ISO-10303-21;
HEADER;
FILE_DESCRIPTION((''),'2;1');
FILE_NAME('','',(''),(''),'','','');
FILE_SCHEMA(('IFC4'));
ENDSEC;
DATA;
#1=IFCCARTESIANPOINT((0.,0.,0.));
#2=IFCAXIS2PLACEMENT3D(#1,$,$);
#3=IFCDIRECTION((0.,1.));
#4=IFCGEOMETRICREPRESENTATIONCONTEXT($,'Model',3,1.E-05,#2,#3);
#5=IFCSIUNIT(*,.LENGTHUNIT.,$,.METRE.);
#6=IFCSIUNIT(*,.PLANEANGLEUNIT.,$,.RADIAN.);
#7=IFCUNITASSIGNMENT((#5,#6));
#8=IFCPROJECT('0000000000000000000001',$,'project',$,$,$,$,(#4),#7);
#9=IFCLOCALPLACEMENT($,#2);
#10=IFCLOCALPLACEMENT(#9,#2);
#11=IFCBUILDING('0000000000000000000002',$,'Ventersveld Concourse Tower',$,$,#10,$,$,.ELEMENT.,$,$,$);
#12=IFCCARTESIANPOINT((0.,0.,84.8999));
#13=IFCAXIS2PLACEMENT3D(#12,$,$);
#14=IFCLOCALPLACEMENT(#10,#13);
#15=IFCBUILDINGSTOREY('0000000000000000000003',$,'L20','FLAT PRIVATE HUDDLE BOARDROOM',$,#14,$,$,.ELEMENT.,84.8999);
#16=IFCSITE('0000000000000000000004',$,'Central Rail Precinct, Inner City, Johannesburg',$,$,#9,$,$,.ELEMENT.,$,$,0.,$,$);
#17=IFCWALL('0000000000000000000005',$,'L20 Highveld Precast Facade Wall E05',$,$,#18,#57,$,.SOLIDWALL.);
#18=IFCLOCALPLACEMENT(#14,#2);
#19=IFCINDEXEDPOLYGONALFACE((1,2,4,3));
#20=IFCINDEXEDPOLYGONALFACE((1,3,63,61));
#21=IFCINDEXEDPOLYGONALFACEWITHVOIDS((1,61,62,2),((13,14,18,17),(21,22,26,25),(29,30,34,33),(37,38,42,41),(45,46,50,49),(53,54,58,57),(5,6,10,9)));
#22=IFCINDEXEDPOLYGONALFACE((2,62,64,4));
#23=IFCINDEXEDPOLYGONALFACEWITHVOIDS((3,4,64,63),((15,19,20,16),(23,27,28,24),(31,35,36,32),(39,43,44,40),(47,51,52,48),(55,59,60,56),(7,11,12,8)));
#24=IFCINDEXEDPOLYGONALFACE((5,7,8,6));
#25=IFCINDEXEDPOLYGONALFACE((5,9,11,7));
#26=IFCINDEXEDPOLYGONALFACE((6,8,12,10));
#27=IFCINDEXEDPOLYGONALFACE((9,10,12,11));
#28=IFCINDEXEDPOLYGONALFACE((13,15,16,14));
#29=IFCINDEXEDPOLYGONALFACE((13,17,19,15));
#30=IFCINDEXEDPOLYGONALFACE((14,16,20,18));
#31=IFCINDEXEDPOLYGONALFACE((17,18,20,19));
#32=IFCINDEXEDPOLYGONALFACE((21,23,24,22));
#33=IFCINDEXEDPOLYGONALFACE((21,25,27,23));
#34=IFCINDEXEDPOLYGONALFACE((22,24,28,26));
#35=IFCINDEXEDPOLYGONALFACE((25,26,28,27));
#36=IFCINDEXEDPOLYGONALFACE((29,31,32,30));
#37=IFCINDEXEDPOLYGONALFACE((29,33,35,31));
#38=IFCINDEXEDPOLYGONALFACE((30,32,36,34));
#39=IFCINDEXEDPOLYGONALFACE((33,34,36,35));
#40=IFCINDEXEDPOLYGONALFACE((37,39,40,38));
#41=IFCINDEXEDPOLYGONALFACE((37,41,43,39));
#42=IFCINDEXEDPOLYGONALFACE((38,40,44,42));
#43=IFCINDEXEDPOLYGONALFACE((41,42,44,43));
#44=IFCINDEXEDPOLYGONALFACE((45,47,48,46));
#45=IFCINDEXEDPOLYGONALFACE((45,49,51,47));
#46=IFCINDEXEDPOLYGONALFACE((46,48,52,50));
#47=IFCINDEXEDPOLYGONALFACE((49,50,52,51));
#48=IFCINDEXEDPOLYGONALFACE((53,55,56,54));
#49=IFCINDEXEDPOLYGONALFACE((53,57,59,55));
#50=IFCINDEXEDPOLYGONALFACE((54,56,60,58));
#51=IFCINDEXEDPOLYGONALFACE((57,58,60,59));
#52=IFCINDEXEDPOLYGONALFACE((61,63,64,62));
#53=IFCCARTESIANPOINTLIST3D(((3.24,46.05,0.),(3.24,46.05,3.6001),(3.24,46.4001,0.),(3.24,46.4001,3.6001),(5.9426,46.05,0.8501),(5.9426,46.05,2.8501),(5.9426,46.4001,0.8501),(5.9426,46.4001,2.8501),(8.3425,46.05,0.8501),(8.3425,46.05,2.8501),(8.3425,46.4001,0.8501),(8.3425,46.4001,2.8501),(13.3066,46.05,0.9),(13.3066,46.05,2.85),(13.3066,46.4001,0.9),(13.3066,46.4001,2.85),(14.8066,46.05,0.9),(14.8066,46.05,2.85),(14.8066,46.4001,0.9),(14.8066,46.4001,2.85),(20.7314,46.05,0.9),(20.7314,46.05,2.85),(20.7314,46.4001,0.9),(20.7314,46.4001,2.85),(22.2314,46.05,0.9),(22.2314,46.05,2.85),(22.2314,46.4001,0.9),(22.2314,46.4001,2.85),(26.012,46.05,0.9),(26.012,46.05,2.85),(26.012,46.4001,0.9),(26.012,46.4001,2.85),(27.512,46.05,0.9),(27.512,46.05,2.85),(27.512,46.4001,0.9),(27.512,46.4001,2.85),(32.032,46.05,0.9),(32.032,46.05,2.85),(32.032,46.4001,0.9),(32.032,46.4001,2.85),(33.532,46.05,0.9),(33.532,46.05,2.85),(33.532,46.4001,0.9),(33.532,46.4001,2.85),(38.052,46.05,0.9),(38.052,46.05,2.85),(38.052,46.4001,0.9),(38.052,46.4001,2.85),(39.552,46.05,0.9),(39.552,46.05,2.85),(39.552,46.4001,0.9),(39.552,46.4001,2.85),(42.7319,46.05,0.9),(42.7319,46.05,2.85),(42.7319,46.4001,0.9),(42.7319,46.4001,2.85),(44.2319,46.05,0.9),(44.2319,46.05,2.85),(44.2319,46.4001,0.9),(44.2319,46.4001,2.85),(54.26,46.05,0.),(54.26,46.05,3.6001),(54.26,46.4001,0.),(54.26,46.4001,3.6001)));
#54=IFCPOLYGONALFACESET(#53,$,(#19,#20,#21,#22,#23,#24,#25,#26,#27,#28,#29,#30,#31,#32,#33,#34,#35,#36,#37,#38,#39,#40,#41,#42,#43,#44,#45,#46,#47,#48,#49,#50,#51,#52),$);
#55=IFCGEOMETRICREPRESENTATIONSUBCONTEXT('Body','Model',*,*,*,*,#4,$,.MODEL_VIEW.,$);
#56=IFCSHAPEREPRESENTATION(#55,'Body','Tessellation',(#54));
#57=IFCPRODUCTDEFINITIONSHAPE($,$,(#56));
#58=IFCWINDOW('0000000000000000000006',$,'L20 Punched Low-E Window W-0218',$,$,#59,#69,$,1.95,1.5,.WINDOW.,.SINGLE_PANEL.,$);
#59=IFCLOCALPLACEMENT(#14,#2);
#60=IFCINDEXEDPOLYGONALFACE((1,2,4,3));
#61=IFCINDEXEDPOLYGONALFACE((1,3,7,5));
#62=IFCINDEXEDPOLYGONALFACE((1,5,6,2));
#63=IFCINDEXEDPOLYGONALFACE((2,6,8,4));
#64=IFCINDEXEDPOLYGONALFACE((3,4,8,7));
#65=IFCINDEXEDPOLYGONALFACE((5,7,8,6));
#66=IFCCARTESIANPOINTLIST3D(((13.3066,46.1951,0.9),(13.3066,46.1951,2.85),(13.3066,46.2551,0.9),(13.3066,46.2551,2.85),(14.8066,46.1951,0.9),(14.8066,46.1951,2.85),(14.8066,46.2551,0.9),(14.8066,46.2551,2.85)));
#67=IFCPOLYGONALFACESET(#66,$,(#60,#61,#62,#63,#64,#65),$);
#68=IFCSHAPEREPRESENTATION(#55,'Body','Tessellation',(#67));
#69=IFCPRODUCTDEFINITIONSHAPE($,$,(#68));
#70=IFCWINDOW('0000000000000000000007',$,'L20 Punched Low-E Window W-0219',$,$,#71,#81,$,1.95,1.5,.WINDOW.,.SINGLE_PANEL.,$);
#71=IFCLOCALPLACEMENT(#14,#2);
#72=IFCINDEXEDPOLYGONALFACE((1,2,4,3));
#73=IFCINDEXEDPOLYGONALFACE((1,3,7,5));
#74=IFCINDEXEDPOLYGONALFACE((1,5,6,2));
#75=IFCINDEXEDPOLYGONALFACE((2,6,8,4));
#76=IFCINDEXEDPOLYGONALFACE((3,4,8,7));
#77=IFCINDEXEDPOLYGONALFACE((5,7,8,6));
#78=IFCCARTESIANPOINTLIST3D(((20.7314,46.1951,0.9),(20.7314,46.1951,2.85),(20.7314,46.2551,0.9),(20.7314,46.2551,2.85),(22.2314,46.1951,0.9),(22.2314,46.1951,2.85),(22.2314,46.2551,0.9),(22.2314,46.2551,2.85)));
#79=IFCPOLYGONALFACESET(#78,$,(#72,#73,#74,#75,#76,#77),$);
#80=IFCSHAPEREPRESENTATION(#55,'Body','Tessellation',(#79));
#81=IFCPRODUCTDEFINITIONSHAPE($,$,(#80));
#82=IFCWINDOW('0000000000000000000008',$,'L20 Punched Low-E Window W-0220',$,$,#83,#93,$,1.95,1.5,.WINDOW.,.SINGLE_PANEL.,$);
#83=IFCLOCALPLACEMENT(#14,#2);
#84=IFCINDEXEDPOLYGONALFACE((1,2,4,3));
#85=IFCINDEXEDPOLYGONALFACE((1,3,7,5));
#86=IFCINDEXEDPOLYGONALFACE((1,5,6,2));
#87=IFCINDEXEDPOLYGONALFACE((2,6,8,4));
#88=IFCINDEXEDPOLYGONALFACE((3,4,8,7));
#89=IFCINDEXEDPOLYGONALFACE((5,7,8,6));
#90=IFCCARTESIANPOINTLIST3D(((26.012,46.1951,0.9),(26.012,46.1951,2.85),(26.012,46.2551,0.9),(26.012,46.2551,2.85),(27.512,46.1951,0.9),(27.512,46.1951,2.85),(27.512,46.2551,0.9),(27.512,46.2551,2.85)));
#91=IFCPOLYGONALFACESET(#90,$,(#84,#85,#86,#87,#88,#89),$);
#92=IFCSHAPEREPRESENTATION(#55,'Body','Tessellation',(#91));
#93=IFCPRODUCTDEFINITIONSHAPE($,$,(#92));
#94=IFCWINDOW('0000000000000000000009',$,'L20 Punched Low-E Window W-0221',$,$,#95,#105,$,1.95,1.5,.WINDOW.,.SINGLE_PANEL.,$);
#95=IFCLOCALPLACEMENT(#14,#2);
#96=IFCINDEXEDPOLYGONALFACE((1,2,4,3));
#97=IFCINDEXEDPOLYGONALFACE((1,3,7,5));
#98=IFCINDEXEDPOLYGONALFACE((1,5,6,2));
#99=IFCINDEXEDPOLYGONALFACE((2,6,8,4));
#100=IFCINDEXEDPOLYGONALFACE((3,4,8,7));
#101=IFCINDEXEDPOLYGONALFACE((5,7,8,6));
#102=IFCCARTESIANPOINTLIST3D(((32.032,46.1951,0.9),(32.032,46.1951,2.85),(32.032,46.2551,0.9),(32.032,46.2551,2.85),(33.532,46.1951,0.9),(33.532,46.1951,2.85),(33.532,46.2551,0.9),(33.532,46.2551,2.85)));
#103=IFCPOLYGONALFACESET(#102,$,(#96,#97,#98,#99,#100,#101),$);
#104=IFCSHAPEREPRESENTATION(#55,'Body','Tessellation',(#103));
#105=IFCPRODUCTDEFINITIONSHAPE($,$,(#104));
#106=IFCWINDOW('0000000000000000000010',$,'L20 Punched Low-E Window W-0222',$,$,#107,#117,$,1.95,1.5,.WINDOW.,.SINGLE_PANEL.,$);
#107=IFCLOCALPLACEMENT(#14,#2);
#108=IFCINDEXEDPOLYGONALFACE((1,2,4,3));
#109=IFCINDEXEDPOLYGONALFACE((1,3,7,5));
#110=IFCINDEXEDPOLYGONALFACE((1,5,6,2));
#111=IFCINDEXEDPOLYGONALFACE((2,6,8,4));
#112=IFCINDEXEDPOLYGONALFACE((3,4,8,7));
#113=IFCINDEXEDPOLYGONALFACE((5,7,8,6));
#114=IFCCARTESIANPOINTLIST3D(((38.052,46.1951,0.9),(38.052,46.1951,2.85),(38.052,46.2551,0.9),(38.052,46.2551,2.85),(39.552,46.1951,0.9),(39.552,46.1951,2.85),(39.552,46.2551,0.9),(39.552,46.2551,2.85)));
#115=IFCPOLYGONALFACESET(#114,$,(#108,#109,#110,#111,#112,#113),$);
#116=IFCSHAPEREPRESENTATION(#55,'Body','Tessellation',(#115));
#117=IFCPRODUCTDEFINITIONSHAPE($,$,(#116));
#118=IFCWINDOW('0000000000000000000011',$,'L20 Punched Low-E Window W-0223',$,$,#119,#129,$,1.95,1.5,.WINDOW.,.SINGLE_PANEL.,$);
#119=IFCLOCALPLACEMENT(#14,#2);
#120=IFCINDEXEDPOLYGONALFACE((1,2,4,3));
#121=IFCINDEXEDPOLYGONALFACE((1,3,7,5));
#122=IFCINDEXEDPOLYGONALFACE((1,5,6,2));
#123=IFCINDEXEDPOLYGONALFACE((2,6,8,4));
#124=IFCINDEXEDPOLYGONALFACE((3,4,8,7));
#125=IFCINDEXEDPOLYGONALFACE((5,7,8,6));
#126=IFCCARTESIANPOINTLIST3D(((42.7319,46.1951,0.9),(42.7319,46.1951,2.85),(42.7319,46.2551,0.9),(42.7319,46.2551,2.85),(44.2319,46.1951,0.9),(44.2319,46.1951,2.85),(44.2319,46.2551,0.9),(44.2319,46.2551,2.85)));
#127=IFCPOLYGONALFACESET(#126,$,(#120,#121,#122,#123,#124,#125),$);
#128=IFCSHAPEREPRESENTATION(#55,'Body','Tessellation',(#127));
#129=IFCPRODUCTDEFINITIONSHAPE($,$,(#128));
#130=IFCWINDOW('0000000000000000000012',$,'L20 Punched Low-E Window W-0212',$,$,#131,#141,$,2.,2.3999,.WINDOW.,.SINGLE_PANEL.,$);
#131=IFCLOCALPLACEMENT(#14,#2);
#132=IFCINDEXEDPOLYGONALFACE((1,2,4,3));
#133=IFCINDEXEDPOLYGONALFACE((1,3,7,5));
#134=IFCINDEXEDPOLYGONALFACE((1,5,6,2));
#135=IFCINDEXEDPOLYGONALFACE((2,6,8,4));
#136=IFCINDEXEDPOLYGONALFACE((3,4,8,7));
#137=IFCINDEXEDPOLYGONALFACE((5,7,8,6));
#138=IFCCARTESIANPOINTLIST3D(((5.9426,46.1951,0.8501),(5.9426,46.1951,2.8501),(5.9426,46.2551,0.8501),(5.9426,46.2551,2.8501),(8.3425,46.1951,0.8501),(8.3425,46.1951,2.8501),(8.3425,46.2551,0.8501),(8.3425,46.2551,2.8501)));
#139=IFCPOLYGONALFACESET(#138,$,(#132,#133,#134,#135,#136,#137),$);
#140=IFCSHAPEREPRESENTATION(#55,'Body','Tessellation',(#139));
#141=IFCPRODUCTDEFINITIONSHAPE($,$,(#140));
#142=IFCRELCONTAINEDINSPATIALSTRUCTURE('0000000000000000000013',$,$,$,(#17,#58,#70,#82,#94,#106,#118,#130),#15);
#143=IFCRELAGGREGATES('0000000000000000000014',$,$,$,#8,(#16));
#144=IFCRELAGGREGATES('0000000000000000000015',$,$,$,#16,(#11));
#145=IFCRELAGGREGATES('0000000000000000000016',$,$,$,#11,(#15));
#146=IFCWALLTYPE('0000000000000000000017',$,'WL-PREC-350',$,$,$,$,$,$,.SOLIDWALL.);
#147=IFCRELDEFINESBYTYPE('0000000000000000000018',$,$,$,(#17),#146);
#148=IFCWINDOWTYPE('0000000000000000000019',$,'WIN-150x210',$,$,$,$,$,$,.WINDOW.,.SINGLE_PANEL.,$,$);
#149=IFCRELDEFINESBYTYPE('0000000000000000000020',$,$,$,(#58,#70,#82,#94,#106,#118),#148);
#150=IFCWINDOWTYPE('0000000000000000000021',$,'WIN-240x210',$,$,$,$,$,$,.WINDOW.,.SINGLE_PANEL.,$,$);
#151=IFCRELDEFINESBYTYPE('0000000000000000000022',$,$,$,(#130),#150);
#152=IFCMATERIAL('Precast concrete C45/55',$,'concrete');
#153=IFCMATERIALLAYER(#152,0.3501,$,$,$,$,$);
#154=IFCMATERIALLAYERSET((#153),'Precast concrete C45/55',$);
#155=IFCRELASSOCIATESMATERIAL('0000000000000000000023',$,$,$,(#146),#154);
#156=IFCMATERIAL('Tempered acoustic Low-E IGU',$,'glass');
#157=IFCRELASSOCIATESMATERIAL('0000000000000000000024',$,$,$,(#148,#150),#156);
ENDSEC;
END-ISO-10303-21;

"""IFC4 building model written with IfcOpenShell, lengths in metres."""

from ifc_helpers import new_model, si_unit, direction, frame, frame_2d, origin, place, context, subcontext, project, spatial, rectangle, extrude, material, layer, layer_set, type_object, element, fill, save


model = new_model("IFC4")

# Units and contexts
model_context = context("Model", 3, precision=1e-05, world=origin(), true_north=direction((0.0, 1.0)))
body_context = subcontext(model_context, "Body", "Model", "MODEL_VIEW")
ifc_project = project(units=[si_unit("LENGTHUNIT", "METRE"), si_unit("PLANEANGLEUNIT", "RADIAN")], contexts=[model_context])

# Site, building, storey
site_placement = place(None, origin())
site = spatial("IfcSite", under=ifc_project, at=site_placement, Name="Central Rail Precinct, Inner City, Johannesburg", CompositionType="ELEMENT", RefElevation=0.0)
building_placement = place(site_placement, origin())
building = spatial("IfcBuilding", under=site, at=building_placement, Name="Ventersveld Concourse Tower", CompositionType="ELEMENT")
storey_placement = place(building_placement, frame((0.0, 0.0, 84.8999)))
storey = spatial("IfcBuildingStorey", under=building, at=storey_placement, Name="L20", Description="FLAT PRIVATE HUDDLE BOARDROOM", CompositionType="ELEMENT", Elevation=84.8999)

# Shared definitions
ifc_material_1 = material(Name="Precast concrete C45/55", Category="concrete")
ifc_layer_1 = layer(ifc_material_1, 0.3501)
ifc_layer_set_1 = layer_set([ifc_layer_1], Name="Precast concrete C45/55")
wall_type_1 = type_object("IfcWallType", Name="WL-PREC-350", PredefinedType="SOLIDWALL", material=ifc_layer_set_1)

# Wall, openings, windows
wall_1_placement = place(storey_placement, frame((54.26, 46.2251, 0.0), z_axis=(0.0, 0.0, 1.0), x_axis=(-1.0, 0.0, 0.0)))
wall_1 = element("IfcWall", 1, at=wall_1_placement, inside=storey, type_object=wall_type_1, Name="L20 Highveld Precast Facade Wall E05", PredefinedType="SOLIDWALL", context=body_context, shape_type="SweptSolid", body=[
    extrude(rectangle(XDim=51.02, YDim=0.3501, at=frame_2d((25.51, 0.0))), origin(), (0.0, 0.0, 1.0), 3.6001),
])
opening_1_placement = place(wall_1_placement, frame((45.9175, 0.0, 0.8501)))
opening_1 = element("IfcOpeningElement", 2, at=opening_1_placement, cuts=wall_1, PredefinedType="OPENING", context=body_context, shape_type="SweptSolid", body=[
    extrude(rectangle(XDim=2.3999, YDim=2.0, at=frame_2d((1.2, 1.0))), frame((0.0, 0.1851, 0.0), z_axis=(0.0, -1.0, 0.0), x_axis=(1.0, 0.0, 0.0)), (0.0, 0.0, 1.0), 0.3701),
])
opening_2_placement = place(wall_1_placement, frame((39.4534, 0.0, 0.8999)))
opening_2 = element("IfcOpeningElement", 3, at=opening_2_placement, cuts=wall_1, PredefinedType="OPENING", context=body_context, shape_type="SweptSolid", body=[
    extrude(rectangle(XDim=1.5, YDim=1.95, at=frame_2d((0.75, 0.9751))), frame((0.0, 0.1851, 0.0), z_axis=(0.0, -1.0, 0.0), x_axis=(1.0, 0.0, 0.0)), (0.0, 0.0, 1.0), 0.3701),
])
opening_3_placement = place(wall_1_placement, frame((32.0286, 0.0, 0.8999)))
opening_3 = element("IfcOpeningElement", 4, at=opening_3_placement, cuts=wall_1, PredefinedType="OPENING", context=body_context, shape_type="SweptSolid", body=[
    extrude(rectangle(XDim=1.5, YDim=1.95, at=frame_2d((0.75, 0.9751))), frame((0.0, 0.1851, 0.0), z_axis=(0.0, -1.0, 0.0), x_axis=(1.0, 0.0, 0.0)), (0.0, 0.0, 1.0), 0.3701),
])
opening_4_placement = place(wall_1_placement, frame((26.748, 0.0, 0.8999)))
opening_4 = element("IfcOpeningElement", 5, at=opening_4_placement, cuts=wall_1, PredefinedType="OPENING", context=body_context, shape_type="SweptSolid", body=[
    extrude(rectangle(XDim=1.5, YDim=1.95, at=frame_2d((0.75, 0.9751))), frame((0.0, 0.1851, 0.0), z_axis=(0.0, -1.0, 0.0), x_axis=(1.0, 0.0, 0.0)), (0.0, 0.0, 1.0), 0.3701),
])
opening_5_placement = place(wall_1_placement, frame((20.728, 0.0, 0.8999)))
opening_5 = element("IfcOpeningElement", 6, at=opening_5_placement, cuts=wall_1, PredefinedType="OPENING", context=body_context, shape_type="SweptSolid", body=[
    extrude(rectangle(XDim=1.5, YDim=1.95, at=frame_2d((0.75, 0.9751))), frame((0.0, 0.1851, 0.0), z_axis=(0.0, -1.0, 0.0), x_axis=(1.0, 0.0, 0.0)), (0.0, 0.0, 1.0), 0.3701),
])
opening_6_placement = place(wall_1_placement, frame((14.708, 0.0, 0.8999)))
opening_6 = element("IfcOpeningElement", 7, at=opening_6_placement, cuts=wall_1, PredefinedType="OPENING", context=body_context, shape_type="SweptSolid", body=[
    extrude(rectangle(XDim=1.5, YDim=1.95, at=frame_2d((0.75, 0.9751))), frame((0.0, 0.1851, 0.0), z_axis=(0.0, -1.0, 0.0), x_axis=(1.0, 0.0, 0.0)), (0.0, 0.0, 1.0), 0.3701),
])
opening_7_placement = place(wall_1_placement, frame((10.0281, 0.0, 0.8999)))
opening_7 = element("IfcOpeningElement", 8, at=opening_7_placement, cuts=wall_1, PredefinedType="OPENING", context=body_context, shape_type="SweptSolid", body=[
    extrude(rectangle(XDim=1.5, YDim=1.95, at=frame_2d((0.75, 0.9751))), frame((0.0, 0.1851, 0.0), z_axis=(0.0, -1.0, 0.0), x_axis=(1.0, 0.0, 0.0)), (0.0, 0.0, 1.0), 0.3701),
])
ifc_material_2 = material(Name="Tempered acoustic Low-E IGU", Category="glass")
window_type_1 = type_object("IfcWindowType", Name="WIN-150x210", PartitioningType="SINGLE_PANEL", PredefinedType="WINDOW", material=ifc_material_2)
window_1_placement = place(opening_2_placement, origin())
window_1 = element("IfcWindow", 9, at=window_1_placement, inside=storey, type_object=window_type_1, Name="L20 Punched Low-E Window W-0218", OverallHeight=1.95, OverallWidth=1.5, PartitioningType="SINGLE_PANEL", PredefinedType="WINDOW", context=body_context, shape_type="SweptSolid", body=[
    extrude(rectangle(XDim=1.5, YDim=1.95, at=frame_2d((0.75, 0.9751))), frame((0.0, 0.03, 0.0), z_axis=(0.0, -1.0, 0.0), x_axis=(1.0, 0.0, 0.0)), (0.0, 0.0, 1.0), 0.0601),
])
fill(opening_2, window_1)
window_2_placement = place(opening_3_placement, origin())
window_2 = element("IfcWindow", 10, at=window_2_placement, inside=storey, type_object=window_type_1, Name="L20 Punched Low-E Window W-0219", OverallHeight=1.95, OverallWidth=1.5, PartitioningType="SINGLE_PANEL", PredefinedType="WINDOW", context=body_context, shape_type="SweptSolid", body=[
    extrude(rectangle(XDim=1.5, YDim=1.95, at=frame_2d((0.75, 0.9751))), frame((0.0, 0.03, 0.0), z_axis=(0.0, -1.0, 0.0), x_axis=(1.0, 0.0, 0.0)), (0.0, 0.0, 1.0), 0.0601),
])
fill(opening_3, window_2)
window_3_placement = place(opening_4_placement, origin())
window_3 = element("IfcWindow", 11, at=window_3_placement, inside=storey, type_object=window_type_1, Name="L20 Punched Low-E Window W-0220", OverallHeight=1.95, OverallWidth=1.5, PartitioningType="SINGLE_PANEL", PredefinedType="WINDOW", context=body_context, shape_type="SweptSolid", body=[
    extrude(rectangle(XDim=1.5, YDim=1.95, at=frame_2d((0.75, 0.9751))), frame((0.0, 0.03, 0.0), z_axis=(0.0, -1.0, 0.0), x_axis=(1.0, 0.0, 0.0)), (0.0, 0.0, 1.0), 0.0601),
])
fill(opening_4, window_3)
window_4_placement = place(opening_5_placement, origin())
window_4 = element("IfcWindow", 12, at=window_4_placement, inside=storey, type_object=window_type_1, Name="L20 Punched Low-E Window W-0221", OverallHeight=1.95, OverallWidth=1.5, PartitioningType="SINGLE_PANEL", PredefinedType="WINDOW", context=body_context, shape_type="SweptSolid", body=[
    extrude(rectangle(XDim=1.5, YDim=1.95, at=frame_2d((0.75, 0.9751))), frame((0.0, 0.03, 0.0), z_axis=(0.0, -1.0, 0.0), x_axis=(1.0, 0.0, 0.0)), (0.0, 0.0, 1.0), 0.0601),
])
fill(opening_5, window_4)
window_5_placement = place(opening_6_placement, origin())
window_5 = element("IfcWindow", 13, at=window_5_placement, inside=storey, type_object=window_type_1, Name="L20 Punched Low-E Window W-0222", OverallHeight=1.95, OverallWidth=1.5, PartitioningType="SINGLE_PANEL", PredefinedType="WINDOW", context=body_context, shape_type="SweptSolid", body=[
    extrude(rectangle(XDim=1.5, YDim=1.95, at=frame_2d((0.75, 0.9751))), frame((0.0, 0.03, 0.0), z_axis=(0.0, -1.0, 0.0), x_axis=(1.0, 0.0, 0.0)), (0.0, 0.0, 1.0), 0.0601),
])
fill(opening_6, window_5)
window_6_placement = place(opening_7_placement, origin())
window_6 = element("IfcWindow", 14, at=window_6_placement, inside=storey, type_object=window_type_1, Name="L20 Punched Low-E Window W-0223", OverallHeight=1.95, OverallWidth=1.5, PartitioningType="SINGLE_PANEL", PredefinedType="WINDOW", context=body_context, shape_type="SweptSolid", body=[
    extrude(rectangle(XDim=1.5, YDim=1.95, at=frame_2d((0.75, 0.9751))), frame((0.0, 0.03, 0.0), z_axis=(0.0, -1.0, 0.0), x_axis=(1.0, 0.0, 0.0)), (0.0, 0.0, 1.0), 0.0601),
])
fill(opening_7, window_6)
window_type_2 = type_object("IfcWindowType", Name="WIN-240x210", PartitioningType="SINGLE_PANEL", PredefinedType="WINDOW", material=ifc_material_2)
window_7_placement = place(opening_1_placement, origin())
window_7 = element("IfcWindow", 15, at=window_7_placement, inside=storey, type_object=window_type_2, Name="L20 Punched Low-E Window W-0212", OverallHeight=2.0, OverallWidth=2.3999, PartitioningType="SINGLE_PANEL", PredefinedType="WINDOW", context=body_context, shape_type="SweptSolid", body=[
    extrude(rectangle(XDim=2.3999, YDim=2.0, at=frame_2d((1.2, 1.0))), frame((0.0, 0.03, 0.0), z_axis=(0.0, -1.0, 0.0), x_axis=(1.0, 0.0, 0.0)), (0.0, 0.0, 1.0), 0.0601),
])
fill(opening_1, window_7)

save(model, "model.ifc")
